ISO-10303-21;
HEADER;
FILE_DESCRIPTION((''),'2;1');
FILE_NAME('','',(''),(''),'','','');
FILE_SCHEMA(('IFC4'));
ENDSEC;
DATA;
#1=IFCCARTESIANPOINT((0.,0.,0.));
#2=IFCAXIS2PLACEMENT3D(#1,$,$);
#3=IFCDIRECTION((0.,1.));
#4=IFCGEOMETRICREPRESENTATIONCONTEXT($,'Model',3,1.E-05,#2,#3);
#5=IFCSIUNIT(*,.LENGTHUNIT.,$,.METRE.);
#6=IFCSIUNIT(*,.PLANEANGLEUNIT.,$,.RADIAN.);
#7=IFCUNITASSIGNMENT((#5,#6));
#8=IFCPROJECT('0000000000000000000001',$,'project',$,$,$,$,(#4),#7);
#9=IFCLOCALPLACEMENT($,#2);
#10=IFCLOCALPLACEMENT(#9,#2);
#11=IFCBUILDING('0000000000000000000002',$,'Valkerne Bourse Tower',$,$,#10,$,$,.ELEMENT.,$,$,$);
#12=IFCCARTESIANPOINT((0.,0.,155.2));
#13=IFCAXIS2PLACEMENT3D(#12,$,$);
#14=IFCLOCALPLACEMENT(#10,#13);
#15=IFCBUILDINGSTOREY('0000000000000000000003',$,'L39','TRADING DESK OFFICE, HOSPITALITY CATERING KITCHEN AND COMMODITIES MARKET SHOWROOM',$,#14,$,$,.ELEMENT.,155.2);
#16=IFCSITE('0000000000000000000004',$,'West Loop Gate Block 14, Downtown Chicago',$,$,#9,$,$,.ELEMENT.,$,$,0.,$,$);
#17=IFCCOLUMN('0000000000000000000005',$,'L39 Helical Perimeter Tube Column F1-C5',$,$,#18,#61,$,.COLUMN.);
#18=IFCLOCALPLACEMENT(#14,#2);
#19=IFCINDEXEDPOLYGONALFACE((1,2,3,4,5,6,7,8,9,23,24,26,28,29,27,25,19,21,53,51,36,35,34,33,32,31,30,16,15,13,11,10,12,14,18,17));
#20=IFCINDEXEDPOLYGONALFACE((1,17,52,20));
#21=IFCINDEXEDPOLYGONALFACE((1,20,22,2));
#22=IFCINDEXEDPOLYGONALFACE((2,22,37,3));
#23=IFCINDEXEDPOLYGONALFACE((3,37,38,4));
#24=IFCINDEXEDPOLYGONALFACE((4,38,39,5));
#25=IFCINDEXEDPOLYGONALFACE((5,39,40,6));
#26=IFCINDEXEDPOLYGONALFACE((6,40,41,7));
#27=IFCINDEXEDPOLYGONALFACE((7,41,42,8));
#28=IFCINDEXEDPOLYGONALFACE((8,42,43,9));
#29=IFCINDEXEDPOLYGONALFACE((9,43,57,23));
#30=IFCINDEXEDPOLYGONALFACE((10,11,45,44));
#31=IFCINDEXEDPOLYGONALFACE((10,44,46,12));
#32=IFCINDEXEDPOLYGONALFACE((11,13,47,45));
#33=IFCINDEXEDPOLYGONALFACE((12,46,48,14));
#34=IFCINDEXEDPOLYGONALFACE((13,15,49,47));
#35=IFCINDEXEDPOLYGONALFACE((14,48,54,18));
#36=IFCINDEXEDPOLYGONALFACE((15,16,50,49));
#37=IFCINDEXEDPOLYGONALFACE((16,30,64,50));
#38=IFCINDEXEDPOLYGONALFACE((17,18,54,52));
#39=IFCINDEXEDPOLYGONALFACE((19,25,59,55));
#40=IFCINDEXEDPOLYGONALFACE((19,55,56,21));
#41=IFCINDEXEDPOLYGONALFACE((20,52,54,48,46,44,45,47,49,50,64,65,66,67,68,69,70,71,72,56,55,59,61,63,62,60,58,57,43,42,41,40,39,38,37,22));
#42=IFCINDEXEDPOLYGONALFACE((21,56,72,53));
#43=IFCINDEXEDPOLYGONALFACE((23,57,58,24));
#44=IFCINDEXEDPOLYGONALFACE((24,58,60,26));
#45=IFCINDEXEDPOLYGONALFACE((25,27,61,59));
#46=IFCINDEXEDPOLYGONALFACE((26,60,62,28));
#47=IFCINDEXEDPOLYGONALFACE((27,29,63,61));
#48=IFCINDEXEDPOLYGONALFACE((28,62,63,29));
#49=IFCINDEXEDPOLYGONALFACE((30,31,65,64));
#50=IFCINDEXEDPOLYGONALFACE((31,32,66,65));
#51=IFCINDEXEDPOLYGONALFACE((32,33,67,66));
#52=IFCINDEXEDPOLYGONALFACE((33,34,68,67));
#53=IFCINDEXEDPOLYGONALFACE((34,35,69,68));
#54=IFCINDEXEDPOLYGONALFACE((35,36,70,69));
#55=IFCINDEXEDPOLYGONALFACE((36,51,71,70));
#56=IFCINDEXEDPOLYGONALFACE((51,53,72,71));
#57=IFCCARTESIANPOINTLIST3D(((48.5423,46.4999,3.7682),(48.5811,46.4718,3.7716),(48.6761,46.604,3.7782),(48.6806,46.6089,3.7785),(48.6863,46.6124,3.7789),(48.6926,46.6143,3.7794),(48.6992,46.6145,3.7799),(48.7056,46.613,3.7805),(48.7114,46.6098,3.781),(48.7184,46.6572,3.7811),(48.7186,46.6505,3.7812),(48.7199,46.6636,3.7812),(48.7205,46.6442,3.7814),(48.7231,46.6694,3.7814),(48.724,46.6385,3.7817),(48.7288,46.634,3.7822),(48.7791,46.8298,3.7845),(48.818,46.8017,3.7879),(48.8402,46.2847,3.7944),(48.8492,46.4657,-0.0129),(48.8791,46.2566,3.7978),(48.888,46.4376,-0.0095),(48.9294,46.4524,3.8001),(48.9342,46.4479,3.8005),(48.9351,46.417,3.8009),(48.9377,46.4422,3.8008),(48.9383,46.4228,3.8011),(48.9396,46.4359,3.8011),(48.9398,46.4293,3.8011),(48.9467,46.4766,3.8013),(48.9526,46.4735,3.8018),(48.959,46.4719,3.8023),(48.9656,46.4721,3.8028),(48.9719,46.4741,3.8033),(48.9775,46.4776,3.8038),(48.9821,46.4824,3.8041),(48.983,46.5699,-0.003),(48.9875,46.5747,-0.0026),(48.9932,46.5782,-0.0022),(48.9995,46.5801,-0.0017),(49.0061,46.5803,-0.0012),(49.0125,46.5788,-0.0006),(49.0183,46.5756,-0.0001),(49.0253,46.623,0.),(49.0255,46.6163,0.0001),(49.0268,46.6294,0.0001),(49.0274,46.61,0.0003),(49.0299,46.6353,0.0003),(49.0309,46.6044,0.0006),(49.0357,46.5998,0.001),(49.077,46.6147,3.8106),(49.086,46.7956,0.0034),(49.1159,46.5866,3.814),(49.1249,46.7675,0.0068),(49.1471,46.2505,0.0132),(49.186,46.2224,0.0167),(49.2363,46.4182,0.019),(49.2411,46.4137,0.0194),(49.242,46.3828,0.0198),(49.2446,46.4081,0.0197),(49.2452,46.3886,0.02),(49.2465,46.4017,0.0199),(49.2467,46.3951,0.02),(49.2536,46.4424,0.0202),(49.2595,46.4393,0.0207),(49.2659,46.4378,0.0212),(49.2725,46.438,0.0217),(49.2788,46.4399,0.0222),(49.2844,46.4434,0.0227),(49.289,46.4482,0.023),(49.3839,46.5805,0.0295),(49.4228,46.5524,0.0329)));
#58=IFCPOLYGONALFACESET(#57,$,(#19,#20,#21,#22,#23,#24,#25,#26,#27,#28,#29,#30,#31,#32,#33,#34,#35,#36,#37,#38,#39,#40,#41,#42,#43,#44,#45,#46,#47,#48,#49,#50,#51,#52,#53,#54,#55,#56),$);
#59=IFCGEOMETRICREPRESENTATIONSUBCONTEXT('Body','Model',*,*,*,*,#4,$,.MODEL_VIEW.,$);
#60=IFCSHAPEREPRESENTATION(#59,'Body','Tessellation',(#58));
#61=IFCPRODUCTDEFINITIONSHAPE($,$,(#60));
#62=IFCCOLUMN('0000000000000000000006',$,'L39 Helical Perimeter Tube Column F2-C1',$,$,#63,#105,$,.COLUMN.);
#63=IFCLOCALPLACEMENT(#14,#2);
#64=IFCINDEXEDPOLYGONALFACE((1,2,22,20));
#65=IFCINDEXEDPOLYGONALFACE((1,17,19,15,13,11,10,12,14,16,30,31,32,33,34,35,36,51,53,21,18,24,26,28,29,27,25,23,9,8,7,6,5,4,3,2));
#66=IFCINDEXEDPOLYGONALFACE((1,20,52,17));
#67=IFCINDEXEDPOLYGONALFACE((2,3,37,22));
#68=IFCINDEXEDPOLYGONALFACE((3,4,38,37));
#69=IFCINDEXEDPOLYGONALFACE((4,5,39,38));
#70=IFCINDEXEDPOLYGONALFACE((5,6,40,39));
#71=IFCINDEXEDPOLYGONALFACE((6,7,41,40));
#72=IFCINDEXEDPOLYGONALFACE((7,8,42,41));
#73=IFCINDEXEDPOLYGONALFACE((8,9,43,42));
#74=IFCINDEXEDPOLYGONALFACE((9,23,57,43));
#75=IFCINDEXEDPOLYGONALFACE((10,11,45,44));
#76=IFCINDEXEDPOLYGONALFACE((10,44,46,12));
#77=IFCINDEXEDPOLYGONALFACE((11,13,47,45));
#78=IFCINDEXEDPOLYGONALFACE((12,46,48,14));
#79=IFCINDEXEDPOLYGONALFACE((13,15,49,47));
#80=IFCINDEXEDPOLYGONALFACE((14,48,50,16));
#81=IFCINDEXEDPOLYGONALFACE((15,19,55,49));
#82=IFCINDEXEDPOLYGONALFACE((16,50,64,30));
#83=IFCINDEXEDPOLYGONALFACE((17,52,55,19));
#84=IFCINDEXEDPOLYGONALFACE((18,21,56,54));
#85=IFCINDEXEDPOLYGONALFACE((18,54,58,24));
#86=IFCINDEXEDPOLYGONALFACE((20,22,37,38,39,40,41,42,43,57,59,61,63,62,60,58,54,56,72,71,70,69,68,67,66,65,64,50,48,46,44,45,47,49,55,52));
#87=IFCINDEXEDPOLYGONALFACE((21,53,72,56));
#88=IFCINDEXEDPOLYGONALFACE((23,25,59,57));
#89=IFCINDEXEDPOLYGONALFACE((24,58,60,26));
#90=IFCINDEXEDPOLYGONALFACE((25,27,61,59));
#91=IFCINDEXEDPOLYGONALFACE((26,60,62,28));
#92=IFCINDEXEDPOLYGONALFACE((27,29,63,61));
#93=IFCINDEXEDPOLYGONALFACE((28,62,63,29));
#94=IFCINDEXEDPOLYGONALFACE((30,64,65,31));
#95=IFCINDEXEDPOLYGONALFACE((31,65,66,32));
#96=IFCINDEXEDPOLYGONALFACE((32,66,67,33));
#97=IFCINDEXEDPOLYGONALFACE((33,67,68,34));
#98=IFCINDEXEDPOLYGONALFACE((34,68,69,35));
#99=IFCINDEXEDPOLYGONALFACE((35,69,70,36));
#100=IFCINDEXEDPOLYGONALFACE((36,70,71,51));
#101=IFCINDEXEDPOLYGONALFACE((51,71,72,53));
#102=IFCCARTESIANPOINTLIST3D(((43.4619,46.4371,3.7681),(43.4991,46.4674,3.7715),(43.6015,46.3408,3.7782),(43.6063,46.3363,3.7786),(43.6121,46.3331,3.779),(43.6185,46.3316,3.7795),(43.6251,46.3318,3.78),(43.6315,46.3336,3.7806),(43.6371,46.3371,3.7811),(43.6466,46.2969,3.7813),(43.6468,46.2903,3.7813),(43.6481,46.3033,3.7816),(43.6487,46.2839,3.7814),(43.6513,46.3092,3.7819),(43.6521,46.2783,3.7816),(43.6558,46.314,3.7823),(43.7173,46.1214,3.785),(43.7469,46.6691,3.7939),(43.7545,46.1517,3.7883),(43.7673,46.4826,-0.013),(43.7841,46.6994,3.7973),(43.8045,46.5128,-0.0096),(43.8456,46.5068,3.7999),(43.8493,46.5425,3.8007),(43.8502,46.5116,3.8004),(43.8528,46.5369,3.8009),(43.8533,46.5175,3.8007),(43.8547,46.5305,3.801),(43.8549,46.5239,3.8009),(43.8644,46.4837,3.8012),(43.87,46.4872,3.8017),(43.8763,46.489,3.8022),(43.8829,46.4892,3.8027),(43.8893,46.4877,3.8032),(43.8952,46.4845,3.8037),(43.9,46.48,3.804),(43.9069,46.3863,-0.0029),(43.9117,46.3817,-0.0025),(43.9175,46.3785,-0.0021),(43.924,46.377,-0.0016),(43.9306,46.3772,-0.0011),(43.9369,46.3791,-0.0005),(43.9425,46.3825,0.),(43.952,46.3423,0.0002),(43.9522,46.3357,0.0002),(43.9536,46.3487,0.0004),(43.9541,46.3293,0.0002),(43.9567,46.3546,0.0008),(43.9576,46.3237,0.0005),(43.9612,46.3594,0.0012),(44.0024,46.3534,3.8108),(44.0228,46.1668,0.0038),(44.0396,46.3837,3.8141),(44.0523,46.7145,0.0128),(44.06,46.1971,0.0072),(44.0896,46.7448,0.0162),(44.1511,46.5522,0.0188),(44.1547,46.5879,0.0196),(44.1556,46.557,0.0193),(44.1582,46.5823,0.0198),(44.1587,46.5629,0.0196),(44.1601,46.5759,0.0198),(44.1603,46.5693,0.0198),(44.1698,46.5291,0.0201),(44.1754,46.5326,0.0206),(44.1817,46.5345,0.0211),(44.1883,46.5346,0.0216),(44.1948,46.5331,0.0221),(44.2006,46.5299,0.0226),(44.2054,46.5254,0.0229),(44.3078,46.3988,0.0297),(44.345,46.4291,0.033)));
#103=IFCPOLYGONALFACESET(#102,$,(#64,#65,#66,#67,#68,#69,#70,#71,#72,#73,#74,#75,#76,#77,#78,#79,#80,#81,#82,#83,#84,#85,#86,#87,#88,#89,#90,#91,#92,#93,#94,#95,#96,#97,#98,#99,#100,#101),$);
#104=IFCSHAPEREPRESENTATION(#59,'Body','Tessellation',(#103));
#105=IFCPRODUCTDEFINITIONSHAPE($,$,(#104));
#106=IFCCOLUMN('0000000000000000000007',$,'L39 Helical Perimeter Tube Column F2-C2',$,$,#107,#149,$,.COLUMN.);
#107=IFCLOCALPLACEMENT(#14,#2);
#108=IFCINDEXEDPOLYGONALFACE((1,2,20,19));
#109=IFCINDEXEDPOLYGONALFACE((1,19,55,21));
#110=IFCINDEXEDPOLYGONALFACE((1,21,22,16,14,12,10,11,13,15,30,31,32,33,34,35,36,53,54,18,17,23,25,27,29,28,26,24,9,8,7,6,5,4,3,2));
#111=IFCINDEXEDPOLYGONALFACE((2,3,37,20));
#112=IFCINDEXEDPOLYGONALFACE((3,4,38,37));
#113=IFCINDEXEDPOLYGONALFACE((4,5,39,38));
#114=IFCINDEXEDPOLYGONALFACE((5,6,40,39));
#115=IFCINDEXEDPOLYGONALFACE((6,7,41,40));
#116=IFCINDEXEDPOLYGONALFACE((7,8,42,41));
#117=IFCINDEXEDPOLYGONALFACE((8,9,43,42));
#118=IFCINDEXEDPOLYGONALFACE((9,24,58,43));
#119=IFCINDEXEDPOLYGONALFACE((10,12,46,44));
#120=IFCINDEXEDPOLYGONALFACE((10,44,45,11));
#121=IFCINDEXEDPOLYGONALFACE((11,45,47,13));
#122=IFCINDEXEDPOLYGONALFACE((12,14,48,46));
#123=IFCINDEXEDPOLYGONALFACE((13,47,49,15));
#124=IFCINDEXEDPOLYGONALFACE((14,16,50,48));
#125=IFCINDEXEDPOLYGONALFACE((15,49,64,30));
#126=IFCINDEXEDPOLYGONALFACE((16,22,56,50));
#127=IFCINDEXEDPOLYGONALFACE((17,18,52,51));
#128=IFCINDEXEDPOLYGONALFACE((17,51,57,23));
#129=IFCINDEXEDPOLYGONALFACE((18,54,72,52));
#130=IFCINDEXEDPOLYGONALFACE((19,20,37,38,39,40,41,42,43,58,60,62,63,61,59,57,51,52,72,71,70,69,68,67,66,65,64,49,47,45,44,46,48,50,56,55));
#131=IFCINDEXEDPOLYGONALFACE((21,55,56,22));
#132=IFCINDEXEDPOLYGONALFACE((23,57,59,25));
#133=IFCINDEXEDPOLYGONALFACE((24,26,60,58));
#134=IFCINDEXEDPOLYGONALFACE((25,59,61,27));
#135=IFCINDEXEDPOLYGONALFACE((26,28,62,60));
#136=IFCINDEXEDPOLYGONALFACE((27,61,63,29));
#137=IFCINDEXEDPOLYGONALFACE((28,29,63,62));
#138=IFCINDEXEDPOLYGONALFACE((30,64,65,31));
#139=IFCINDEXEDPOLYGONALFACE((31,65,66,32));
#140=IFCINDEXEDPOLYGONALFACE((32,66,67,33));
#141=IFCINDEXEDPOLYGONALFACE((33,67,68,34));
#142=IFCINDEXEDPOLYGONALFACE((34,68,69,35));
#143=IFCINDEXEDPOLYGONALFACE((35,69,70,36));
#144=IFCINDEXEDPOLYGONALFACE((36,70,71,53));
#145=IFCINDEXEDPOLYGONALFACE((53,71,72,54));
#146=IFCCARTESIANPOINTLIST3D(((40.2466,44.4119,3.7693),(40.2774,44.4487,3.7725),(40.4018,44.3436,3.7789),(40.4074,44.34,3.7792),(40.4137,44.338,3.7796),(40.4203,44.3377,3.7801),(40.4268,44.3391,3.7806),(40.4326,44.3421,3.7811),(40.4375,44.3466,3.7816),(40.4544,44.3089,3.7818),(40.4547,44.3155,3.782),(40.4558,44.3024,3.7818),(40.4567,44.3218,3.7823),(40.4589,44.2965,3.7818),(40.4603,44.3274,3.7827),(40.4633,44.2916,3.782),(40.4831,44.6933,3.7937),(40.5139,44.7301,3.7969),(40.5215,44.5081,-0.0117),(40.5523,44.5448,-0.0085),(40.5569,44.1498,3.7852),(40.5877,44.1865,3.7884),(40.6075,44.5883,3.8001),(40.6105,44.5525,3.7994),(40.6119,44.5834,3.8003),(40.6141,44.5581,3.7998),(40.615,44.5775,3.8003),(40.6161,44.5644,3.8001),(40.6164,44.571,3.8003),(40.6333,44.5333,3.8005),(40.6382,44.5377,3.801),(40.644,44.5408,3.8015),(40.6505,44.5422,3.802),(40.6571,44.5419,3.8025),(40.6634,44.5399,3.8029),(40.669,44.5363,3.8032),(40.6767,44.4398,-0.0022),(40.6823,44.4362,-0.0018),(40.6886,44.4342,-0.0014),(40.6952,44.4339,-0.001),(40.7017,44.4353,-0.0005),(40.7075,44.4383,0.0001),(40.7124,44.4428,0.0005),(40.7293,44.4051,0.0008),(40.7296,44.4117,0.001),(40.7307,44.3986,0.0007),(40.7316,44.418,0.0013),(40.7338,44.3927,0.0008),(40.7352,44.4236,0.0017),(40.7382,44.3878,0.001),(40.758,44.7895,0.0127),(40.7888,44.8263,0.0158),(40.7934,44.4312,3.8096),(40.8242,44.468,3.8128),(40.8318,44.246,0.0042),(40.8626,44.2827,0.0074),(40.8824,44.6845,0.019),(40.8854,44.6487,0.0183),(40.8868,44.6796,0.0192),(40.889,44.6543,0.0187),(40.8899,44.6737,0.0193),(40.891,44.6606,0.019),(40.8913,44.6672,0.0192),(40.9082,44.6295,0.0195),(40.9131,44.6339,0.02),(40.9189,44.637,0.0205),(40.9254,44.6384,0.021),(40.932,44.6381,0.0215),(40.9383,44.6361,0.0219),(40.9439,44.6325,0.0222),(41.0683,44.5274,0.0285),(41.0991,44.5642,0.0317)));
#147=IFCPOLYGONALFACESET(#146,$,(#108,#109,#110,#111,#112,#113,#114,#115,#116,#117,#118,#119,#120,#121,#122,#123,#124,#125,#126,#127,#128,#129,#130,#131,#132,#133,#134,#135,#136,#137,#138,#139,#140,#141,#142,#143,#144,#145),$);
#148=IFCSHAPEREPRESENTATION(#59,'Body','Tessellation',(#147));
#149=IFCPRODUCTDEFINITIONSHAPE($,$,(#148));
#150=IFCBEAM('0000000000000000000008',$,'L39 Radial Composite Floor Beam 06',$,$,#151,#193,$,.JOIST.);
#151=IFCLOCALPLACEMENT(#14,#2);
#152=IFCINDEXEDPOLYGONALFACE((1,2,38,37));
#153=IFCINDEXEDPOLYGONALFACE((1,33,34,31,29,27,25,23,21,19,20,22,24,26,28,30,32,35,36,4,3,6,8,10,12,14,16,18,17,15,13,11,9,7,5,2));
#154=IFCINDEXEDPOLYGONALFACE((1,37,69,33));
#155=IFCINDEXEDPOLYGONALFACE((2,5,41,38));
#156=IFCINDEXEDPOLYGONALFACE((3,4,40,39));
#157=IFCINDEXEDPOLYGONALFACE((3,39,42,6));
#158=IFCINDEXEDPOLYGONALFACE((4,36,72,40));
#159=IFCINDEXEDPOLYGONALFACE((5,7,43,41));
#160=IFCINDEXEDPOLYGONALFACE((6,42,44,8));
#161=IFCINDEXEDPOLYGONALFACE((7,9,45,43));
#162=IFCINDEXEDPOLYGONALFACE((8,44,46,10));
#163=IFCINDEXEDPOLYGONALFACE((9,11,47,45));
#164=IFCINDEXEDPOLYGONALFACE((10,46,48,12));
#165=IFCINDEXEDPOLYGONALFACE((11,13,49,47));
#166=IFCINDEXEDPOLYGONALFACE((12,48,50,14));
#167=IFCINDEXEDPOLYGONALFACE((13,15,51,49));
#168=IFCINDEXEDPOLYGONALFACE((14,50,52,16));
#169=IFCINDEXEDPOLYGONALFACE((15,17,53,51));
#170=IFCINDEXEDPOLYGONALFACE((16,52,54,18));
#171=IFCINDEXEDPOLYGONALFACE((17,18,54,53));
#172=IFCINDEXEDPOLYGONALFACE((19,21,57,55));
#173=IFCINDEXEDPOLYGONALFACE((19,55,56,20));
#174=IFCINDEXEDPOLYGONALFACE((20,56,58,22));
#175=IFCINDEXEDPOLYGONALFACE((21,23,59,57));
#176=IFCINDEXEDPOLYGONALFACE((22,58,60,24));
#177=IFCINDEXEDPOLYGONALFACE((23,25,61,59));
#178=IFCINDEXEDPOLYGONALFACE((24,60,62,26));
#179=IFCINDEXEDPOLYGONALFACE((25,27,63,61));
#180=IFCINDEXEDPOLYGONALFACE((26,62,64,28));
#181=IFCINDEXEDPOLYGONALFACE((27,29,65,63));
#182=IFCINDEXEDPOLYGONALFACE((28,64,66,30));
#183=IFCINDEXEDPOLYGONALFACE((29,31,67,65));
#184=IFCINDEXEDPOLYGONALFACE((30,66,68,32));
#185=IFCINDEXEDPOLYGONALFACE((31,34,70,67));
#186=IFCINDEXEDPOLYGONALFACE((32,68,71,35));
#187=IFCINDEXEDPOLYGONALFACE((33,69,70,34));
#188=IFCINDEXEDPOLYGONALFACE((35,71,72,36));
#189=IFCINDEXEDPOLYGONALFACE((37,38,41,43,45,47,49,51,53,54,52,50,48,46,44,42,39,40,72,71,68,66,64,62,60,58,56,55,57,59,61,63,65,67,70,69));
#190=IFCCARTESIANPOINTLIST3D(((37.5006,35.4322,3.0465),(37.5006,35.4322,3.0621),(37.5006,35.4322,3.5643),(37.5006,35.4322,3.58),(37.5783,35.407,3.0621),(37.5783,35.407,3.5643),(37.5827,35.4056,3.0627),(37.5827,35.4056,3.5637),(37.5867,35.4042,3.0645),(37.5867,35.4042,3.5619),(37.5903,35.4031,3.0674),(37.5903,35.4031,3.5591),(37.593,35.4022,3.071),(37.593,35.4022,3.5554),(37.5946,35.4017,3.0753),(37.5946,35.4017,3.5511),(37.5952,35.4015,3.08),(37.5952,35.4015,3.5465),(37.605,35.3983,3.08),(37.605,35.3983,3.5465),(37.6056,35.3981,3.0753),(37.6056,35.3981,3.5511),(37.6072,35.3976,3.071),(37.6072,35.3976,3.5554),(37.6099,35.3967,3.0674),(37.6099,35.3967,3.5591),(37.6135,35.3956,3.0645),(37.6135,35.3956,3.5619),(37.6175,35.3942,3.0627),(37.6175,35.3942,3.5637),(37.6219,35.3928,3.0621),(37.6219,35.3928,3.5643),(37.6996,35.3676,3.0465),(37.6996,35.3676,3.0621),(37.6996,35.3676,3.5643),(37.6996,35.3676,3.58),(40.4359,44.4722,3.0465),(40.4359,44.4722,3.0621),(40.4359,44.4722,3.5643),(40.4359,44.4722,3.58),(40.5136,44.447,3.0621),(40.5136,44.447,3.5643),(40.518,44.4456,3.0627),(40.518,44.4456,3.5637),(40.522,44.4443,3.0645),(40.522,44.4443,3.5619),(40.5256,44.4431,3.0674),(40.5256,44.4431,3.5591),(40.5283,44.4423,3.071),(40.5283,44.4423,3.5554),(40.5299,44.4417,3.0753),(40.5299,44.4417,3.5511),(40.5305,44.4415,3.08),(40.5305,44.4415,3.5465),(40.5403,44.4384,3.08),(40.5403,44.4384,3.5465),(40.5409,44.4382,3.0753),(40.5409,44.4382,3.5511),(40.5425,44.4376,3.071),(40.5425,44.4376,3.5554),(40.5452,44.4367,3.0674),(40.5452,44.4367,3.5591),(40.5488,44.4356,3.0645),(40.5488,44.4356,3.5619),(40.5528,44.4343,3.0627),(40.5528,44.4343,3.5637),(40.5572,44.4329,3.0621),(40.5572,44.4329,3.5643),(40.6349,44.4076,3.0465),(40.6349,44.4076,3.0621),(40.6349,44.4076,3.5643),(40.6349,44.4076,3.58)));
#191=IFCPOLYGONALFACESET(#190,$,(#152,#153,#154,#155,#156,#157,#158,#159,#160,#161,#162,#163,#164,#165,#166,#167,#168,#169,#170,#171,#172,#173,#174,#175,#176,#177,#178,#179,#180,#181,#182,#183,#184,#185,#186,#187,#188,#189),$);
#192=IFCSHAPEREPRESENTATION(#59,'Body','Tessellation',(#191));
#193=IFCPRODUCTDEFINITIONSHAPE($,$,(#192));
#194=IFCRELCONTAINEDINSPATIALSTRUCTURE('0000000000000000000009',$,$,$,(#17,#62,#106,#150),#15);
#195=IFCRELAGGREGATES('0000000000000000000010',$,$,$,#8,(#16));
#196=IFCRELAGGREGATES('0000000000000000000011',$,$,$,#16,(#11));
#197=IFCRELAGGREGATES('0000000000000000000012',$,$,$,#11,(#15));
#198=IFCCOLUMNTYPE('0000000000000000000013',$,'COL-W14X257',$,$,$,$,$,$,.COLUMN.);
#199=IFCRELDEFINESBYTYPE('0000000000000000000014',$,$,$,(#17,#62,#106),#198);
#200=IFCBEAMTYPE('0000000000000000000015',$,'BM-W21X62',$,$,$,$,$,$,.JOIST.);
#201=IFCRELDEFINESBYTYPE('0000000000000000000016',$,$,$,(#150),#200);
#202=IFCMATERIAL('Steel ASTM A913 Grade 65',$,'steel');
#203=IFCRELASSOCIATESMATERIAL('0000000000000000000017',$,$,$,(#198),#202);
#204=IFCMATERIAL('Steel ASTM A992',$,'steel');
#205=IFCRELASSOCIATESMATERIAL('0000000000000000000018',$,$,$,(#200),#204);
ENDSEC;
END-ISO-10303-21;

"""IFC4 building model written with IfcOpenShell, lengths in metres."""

from ifc_helpers import new_model, si_unit, direction, frame, origin, origin_2d, place, context, subcontext, project, spatial, i_section, extrude, material, material_profile, profile_set, type_object, element, save


model = new_model("IFC4")

# Units and contexts
model_context = context("Model", 3, precision=1e-05, world=origin(), true_north=direction((0.0, 1.0)))
body_context = subcontext(model_context, "Body", "Model", "MODEL_VIEW")
ifc_project = project(units=[si_unit("LENGTHUNIT", "METRE"), si_unit("PLANEANGLEUNIT", "RADIAN")], contexts=[model_context])

# Site, building, storey
site_placement = place(None, origin())
site = spatial("IfcSite", under=ifc_project, at=site_placement, Name="West Loop Gate Block 14, Downtown Chicago", CompositionType="ELEMENT", RefElevation=0.0)
building_placement = place(site_placement, origin())
building = spatial("IfcBuilding", under=site, at=building_placement, Name="Valkerne Bourse Tower", CompositionType="ELEMENT")
storey_placement = place(building_placement, frame((0.0, 0.0, 155.2)))
storey = spatial("IfcBuildingStorey", under=building, at=storey_placement, Name="L39", Description="TRADING DESK OFFICE, HOSPITALITY CATERING KITCHEN AND COMMODITIES MARKET SHOWROOM", CompositionType="ELEMENT", Elevation=155.2)

# Columns
ifc_material_1 = material(Name="Steel ASTM A913 Grade 65", Category="steel")
ifc_material_profile_1 = material_profile(ifc_material_1, i_section(OverallWidth=0.4065, OverallDepth=0.4165, WebThickness=0.0298, FlangeThickness=0.0481, FilletRadius=0.0254, at=origin_2d()), Name="W14X257")
ifc_profile_set_1 = profile_set([ifc_material_profile_1], Name="Steel ASTM A913 Grade 65")
column_type = type_object("IfcColumnType", Name="COL-W14X257", PredefinedType="COLUMN", material=ifc_profile_set_1)
for number, where, z_axis, x_axis, name in (
    (1, (49.136, 46.509, 0.01), (-0.080896, 0.00901, 0.996682), (0.582704, 0.811701, 0.039957), "L39 Helical Perimeter Tube Column F1-C5"),
    (2, (44.0562, 46.4558, 0.01), (-0.080509, -0.01197, 0.996682), (-0.62842, 0.77677, -0.041433), "L39 Helical Perimeter Tube Column F2-C1"),
):
    element("IfcColumn", number, at=place(storey_placement, frame(where, z_axis=z_axis, x_axis=x_axis)), inside=storey, type_object=column_type, Name=name, PredefinedType="COLUMN", context=body_context, shape_type="SweptSolid", body=[
        extrude(i_section(OverallWidth=0.4065, OverallDepth=0.4165, WebThickness=0.0298, FlangeThickness=0.0481, FilletRadius=0.0254, at=origin_2d()), origin(), (0.0, 0.0, 1.0), 3.7937),
    ])
column_placement = place(storey_placement, frame((40.8103, 44.5361, 0.01), z_axis=(-0.072491, -0.025366, 0.997046), x_axis=(-0.763339, 0.644814, -0.039095)))
element("IfcColumn", 3, at=column_placement, inside=storey, type_object=column_type, Name="L39 Helical Perimeter Tube Column F2-C2", PredefinedType="COLUMN", context=body_context, shape_type="SweptSolid", body=[
    extrude(i_section(OverallWidth=0.4065, OverallDepth=0.4165, WebThickness=0.0298, FlangeThickness=0.0481, FilletRadius=0.0254, at=origin_2d()), origin(), (0.0, 0.0, 1.0), 3.7922),
])

# Beam
ifc_material_2 = material(Name="Steel ASTM A992", Category="steel")
ifc_material_profile_2 = material_profile(ifc_material_2, i_section(OverallWidth=0.2092, OverallDepth=0.5334, WebThickness=0.0103, FlangeThickness=0.0156, FilletRadius=0.0178, at=origin_2d()), Name="W21X62")
ifc_profile_set_2 = profile_set([ifc_material_profile_2], Name="Steel ASTM A992")
beam_type_1 = type_object("IfcBeamType", Name="BM-W21X62", PredefinedType="JOIST", material=ifc_profile_set_2)
beam_1_placement = place(storey_placement, frame((40.5354, 44.4399, 3.3132), z_axis=(-0.308828, -0.951118, 0.0), x_axis=(0.951118, -0.308828, 0.0)))
element("IfcBeam", 4, at=beam_1_placement, inside=storey, type_object=beam_type_1, Name="L39 Radial Composite Floor Beam 06", PredefinedType="JOIST", context=body_context, shape_type="SweptSolid", body=[
    extrude(i_section(OverallWidth=0.2092, OverallDepth=0.5334, WebThickness=0.0103, FlangeThickness=0.0156, FilletRadius=0.0178, at=origin_2d()), origin(), (0.0, 0.0, 1.0), 9.5046),
])

save(model, "model.ifc")
